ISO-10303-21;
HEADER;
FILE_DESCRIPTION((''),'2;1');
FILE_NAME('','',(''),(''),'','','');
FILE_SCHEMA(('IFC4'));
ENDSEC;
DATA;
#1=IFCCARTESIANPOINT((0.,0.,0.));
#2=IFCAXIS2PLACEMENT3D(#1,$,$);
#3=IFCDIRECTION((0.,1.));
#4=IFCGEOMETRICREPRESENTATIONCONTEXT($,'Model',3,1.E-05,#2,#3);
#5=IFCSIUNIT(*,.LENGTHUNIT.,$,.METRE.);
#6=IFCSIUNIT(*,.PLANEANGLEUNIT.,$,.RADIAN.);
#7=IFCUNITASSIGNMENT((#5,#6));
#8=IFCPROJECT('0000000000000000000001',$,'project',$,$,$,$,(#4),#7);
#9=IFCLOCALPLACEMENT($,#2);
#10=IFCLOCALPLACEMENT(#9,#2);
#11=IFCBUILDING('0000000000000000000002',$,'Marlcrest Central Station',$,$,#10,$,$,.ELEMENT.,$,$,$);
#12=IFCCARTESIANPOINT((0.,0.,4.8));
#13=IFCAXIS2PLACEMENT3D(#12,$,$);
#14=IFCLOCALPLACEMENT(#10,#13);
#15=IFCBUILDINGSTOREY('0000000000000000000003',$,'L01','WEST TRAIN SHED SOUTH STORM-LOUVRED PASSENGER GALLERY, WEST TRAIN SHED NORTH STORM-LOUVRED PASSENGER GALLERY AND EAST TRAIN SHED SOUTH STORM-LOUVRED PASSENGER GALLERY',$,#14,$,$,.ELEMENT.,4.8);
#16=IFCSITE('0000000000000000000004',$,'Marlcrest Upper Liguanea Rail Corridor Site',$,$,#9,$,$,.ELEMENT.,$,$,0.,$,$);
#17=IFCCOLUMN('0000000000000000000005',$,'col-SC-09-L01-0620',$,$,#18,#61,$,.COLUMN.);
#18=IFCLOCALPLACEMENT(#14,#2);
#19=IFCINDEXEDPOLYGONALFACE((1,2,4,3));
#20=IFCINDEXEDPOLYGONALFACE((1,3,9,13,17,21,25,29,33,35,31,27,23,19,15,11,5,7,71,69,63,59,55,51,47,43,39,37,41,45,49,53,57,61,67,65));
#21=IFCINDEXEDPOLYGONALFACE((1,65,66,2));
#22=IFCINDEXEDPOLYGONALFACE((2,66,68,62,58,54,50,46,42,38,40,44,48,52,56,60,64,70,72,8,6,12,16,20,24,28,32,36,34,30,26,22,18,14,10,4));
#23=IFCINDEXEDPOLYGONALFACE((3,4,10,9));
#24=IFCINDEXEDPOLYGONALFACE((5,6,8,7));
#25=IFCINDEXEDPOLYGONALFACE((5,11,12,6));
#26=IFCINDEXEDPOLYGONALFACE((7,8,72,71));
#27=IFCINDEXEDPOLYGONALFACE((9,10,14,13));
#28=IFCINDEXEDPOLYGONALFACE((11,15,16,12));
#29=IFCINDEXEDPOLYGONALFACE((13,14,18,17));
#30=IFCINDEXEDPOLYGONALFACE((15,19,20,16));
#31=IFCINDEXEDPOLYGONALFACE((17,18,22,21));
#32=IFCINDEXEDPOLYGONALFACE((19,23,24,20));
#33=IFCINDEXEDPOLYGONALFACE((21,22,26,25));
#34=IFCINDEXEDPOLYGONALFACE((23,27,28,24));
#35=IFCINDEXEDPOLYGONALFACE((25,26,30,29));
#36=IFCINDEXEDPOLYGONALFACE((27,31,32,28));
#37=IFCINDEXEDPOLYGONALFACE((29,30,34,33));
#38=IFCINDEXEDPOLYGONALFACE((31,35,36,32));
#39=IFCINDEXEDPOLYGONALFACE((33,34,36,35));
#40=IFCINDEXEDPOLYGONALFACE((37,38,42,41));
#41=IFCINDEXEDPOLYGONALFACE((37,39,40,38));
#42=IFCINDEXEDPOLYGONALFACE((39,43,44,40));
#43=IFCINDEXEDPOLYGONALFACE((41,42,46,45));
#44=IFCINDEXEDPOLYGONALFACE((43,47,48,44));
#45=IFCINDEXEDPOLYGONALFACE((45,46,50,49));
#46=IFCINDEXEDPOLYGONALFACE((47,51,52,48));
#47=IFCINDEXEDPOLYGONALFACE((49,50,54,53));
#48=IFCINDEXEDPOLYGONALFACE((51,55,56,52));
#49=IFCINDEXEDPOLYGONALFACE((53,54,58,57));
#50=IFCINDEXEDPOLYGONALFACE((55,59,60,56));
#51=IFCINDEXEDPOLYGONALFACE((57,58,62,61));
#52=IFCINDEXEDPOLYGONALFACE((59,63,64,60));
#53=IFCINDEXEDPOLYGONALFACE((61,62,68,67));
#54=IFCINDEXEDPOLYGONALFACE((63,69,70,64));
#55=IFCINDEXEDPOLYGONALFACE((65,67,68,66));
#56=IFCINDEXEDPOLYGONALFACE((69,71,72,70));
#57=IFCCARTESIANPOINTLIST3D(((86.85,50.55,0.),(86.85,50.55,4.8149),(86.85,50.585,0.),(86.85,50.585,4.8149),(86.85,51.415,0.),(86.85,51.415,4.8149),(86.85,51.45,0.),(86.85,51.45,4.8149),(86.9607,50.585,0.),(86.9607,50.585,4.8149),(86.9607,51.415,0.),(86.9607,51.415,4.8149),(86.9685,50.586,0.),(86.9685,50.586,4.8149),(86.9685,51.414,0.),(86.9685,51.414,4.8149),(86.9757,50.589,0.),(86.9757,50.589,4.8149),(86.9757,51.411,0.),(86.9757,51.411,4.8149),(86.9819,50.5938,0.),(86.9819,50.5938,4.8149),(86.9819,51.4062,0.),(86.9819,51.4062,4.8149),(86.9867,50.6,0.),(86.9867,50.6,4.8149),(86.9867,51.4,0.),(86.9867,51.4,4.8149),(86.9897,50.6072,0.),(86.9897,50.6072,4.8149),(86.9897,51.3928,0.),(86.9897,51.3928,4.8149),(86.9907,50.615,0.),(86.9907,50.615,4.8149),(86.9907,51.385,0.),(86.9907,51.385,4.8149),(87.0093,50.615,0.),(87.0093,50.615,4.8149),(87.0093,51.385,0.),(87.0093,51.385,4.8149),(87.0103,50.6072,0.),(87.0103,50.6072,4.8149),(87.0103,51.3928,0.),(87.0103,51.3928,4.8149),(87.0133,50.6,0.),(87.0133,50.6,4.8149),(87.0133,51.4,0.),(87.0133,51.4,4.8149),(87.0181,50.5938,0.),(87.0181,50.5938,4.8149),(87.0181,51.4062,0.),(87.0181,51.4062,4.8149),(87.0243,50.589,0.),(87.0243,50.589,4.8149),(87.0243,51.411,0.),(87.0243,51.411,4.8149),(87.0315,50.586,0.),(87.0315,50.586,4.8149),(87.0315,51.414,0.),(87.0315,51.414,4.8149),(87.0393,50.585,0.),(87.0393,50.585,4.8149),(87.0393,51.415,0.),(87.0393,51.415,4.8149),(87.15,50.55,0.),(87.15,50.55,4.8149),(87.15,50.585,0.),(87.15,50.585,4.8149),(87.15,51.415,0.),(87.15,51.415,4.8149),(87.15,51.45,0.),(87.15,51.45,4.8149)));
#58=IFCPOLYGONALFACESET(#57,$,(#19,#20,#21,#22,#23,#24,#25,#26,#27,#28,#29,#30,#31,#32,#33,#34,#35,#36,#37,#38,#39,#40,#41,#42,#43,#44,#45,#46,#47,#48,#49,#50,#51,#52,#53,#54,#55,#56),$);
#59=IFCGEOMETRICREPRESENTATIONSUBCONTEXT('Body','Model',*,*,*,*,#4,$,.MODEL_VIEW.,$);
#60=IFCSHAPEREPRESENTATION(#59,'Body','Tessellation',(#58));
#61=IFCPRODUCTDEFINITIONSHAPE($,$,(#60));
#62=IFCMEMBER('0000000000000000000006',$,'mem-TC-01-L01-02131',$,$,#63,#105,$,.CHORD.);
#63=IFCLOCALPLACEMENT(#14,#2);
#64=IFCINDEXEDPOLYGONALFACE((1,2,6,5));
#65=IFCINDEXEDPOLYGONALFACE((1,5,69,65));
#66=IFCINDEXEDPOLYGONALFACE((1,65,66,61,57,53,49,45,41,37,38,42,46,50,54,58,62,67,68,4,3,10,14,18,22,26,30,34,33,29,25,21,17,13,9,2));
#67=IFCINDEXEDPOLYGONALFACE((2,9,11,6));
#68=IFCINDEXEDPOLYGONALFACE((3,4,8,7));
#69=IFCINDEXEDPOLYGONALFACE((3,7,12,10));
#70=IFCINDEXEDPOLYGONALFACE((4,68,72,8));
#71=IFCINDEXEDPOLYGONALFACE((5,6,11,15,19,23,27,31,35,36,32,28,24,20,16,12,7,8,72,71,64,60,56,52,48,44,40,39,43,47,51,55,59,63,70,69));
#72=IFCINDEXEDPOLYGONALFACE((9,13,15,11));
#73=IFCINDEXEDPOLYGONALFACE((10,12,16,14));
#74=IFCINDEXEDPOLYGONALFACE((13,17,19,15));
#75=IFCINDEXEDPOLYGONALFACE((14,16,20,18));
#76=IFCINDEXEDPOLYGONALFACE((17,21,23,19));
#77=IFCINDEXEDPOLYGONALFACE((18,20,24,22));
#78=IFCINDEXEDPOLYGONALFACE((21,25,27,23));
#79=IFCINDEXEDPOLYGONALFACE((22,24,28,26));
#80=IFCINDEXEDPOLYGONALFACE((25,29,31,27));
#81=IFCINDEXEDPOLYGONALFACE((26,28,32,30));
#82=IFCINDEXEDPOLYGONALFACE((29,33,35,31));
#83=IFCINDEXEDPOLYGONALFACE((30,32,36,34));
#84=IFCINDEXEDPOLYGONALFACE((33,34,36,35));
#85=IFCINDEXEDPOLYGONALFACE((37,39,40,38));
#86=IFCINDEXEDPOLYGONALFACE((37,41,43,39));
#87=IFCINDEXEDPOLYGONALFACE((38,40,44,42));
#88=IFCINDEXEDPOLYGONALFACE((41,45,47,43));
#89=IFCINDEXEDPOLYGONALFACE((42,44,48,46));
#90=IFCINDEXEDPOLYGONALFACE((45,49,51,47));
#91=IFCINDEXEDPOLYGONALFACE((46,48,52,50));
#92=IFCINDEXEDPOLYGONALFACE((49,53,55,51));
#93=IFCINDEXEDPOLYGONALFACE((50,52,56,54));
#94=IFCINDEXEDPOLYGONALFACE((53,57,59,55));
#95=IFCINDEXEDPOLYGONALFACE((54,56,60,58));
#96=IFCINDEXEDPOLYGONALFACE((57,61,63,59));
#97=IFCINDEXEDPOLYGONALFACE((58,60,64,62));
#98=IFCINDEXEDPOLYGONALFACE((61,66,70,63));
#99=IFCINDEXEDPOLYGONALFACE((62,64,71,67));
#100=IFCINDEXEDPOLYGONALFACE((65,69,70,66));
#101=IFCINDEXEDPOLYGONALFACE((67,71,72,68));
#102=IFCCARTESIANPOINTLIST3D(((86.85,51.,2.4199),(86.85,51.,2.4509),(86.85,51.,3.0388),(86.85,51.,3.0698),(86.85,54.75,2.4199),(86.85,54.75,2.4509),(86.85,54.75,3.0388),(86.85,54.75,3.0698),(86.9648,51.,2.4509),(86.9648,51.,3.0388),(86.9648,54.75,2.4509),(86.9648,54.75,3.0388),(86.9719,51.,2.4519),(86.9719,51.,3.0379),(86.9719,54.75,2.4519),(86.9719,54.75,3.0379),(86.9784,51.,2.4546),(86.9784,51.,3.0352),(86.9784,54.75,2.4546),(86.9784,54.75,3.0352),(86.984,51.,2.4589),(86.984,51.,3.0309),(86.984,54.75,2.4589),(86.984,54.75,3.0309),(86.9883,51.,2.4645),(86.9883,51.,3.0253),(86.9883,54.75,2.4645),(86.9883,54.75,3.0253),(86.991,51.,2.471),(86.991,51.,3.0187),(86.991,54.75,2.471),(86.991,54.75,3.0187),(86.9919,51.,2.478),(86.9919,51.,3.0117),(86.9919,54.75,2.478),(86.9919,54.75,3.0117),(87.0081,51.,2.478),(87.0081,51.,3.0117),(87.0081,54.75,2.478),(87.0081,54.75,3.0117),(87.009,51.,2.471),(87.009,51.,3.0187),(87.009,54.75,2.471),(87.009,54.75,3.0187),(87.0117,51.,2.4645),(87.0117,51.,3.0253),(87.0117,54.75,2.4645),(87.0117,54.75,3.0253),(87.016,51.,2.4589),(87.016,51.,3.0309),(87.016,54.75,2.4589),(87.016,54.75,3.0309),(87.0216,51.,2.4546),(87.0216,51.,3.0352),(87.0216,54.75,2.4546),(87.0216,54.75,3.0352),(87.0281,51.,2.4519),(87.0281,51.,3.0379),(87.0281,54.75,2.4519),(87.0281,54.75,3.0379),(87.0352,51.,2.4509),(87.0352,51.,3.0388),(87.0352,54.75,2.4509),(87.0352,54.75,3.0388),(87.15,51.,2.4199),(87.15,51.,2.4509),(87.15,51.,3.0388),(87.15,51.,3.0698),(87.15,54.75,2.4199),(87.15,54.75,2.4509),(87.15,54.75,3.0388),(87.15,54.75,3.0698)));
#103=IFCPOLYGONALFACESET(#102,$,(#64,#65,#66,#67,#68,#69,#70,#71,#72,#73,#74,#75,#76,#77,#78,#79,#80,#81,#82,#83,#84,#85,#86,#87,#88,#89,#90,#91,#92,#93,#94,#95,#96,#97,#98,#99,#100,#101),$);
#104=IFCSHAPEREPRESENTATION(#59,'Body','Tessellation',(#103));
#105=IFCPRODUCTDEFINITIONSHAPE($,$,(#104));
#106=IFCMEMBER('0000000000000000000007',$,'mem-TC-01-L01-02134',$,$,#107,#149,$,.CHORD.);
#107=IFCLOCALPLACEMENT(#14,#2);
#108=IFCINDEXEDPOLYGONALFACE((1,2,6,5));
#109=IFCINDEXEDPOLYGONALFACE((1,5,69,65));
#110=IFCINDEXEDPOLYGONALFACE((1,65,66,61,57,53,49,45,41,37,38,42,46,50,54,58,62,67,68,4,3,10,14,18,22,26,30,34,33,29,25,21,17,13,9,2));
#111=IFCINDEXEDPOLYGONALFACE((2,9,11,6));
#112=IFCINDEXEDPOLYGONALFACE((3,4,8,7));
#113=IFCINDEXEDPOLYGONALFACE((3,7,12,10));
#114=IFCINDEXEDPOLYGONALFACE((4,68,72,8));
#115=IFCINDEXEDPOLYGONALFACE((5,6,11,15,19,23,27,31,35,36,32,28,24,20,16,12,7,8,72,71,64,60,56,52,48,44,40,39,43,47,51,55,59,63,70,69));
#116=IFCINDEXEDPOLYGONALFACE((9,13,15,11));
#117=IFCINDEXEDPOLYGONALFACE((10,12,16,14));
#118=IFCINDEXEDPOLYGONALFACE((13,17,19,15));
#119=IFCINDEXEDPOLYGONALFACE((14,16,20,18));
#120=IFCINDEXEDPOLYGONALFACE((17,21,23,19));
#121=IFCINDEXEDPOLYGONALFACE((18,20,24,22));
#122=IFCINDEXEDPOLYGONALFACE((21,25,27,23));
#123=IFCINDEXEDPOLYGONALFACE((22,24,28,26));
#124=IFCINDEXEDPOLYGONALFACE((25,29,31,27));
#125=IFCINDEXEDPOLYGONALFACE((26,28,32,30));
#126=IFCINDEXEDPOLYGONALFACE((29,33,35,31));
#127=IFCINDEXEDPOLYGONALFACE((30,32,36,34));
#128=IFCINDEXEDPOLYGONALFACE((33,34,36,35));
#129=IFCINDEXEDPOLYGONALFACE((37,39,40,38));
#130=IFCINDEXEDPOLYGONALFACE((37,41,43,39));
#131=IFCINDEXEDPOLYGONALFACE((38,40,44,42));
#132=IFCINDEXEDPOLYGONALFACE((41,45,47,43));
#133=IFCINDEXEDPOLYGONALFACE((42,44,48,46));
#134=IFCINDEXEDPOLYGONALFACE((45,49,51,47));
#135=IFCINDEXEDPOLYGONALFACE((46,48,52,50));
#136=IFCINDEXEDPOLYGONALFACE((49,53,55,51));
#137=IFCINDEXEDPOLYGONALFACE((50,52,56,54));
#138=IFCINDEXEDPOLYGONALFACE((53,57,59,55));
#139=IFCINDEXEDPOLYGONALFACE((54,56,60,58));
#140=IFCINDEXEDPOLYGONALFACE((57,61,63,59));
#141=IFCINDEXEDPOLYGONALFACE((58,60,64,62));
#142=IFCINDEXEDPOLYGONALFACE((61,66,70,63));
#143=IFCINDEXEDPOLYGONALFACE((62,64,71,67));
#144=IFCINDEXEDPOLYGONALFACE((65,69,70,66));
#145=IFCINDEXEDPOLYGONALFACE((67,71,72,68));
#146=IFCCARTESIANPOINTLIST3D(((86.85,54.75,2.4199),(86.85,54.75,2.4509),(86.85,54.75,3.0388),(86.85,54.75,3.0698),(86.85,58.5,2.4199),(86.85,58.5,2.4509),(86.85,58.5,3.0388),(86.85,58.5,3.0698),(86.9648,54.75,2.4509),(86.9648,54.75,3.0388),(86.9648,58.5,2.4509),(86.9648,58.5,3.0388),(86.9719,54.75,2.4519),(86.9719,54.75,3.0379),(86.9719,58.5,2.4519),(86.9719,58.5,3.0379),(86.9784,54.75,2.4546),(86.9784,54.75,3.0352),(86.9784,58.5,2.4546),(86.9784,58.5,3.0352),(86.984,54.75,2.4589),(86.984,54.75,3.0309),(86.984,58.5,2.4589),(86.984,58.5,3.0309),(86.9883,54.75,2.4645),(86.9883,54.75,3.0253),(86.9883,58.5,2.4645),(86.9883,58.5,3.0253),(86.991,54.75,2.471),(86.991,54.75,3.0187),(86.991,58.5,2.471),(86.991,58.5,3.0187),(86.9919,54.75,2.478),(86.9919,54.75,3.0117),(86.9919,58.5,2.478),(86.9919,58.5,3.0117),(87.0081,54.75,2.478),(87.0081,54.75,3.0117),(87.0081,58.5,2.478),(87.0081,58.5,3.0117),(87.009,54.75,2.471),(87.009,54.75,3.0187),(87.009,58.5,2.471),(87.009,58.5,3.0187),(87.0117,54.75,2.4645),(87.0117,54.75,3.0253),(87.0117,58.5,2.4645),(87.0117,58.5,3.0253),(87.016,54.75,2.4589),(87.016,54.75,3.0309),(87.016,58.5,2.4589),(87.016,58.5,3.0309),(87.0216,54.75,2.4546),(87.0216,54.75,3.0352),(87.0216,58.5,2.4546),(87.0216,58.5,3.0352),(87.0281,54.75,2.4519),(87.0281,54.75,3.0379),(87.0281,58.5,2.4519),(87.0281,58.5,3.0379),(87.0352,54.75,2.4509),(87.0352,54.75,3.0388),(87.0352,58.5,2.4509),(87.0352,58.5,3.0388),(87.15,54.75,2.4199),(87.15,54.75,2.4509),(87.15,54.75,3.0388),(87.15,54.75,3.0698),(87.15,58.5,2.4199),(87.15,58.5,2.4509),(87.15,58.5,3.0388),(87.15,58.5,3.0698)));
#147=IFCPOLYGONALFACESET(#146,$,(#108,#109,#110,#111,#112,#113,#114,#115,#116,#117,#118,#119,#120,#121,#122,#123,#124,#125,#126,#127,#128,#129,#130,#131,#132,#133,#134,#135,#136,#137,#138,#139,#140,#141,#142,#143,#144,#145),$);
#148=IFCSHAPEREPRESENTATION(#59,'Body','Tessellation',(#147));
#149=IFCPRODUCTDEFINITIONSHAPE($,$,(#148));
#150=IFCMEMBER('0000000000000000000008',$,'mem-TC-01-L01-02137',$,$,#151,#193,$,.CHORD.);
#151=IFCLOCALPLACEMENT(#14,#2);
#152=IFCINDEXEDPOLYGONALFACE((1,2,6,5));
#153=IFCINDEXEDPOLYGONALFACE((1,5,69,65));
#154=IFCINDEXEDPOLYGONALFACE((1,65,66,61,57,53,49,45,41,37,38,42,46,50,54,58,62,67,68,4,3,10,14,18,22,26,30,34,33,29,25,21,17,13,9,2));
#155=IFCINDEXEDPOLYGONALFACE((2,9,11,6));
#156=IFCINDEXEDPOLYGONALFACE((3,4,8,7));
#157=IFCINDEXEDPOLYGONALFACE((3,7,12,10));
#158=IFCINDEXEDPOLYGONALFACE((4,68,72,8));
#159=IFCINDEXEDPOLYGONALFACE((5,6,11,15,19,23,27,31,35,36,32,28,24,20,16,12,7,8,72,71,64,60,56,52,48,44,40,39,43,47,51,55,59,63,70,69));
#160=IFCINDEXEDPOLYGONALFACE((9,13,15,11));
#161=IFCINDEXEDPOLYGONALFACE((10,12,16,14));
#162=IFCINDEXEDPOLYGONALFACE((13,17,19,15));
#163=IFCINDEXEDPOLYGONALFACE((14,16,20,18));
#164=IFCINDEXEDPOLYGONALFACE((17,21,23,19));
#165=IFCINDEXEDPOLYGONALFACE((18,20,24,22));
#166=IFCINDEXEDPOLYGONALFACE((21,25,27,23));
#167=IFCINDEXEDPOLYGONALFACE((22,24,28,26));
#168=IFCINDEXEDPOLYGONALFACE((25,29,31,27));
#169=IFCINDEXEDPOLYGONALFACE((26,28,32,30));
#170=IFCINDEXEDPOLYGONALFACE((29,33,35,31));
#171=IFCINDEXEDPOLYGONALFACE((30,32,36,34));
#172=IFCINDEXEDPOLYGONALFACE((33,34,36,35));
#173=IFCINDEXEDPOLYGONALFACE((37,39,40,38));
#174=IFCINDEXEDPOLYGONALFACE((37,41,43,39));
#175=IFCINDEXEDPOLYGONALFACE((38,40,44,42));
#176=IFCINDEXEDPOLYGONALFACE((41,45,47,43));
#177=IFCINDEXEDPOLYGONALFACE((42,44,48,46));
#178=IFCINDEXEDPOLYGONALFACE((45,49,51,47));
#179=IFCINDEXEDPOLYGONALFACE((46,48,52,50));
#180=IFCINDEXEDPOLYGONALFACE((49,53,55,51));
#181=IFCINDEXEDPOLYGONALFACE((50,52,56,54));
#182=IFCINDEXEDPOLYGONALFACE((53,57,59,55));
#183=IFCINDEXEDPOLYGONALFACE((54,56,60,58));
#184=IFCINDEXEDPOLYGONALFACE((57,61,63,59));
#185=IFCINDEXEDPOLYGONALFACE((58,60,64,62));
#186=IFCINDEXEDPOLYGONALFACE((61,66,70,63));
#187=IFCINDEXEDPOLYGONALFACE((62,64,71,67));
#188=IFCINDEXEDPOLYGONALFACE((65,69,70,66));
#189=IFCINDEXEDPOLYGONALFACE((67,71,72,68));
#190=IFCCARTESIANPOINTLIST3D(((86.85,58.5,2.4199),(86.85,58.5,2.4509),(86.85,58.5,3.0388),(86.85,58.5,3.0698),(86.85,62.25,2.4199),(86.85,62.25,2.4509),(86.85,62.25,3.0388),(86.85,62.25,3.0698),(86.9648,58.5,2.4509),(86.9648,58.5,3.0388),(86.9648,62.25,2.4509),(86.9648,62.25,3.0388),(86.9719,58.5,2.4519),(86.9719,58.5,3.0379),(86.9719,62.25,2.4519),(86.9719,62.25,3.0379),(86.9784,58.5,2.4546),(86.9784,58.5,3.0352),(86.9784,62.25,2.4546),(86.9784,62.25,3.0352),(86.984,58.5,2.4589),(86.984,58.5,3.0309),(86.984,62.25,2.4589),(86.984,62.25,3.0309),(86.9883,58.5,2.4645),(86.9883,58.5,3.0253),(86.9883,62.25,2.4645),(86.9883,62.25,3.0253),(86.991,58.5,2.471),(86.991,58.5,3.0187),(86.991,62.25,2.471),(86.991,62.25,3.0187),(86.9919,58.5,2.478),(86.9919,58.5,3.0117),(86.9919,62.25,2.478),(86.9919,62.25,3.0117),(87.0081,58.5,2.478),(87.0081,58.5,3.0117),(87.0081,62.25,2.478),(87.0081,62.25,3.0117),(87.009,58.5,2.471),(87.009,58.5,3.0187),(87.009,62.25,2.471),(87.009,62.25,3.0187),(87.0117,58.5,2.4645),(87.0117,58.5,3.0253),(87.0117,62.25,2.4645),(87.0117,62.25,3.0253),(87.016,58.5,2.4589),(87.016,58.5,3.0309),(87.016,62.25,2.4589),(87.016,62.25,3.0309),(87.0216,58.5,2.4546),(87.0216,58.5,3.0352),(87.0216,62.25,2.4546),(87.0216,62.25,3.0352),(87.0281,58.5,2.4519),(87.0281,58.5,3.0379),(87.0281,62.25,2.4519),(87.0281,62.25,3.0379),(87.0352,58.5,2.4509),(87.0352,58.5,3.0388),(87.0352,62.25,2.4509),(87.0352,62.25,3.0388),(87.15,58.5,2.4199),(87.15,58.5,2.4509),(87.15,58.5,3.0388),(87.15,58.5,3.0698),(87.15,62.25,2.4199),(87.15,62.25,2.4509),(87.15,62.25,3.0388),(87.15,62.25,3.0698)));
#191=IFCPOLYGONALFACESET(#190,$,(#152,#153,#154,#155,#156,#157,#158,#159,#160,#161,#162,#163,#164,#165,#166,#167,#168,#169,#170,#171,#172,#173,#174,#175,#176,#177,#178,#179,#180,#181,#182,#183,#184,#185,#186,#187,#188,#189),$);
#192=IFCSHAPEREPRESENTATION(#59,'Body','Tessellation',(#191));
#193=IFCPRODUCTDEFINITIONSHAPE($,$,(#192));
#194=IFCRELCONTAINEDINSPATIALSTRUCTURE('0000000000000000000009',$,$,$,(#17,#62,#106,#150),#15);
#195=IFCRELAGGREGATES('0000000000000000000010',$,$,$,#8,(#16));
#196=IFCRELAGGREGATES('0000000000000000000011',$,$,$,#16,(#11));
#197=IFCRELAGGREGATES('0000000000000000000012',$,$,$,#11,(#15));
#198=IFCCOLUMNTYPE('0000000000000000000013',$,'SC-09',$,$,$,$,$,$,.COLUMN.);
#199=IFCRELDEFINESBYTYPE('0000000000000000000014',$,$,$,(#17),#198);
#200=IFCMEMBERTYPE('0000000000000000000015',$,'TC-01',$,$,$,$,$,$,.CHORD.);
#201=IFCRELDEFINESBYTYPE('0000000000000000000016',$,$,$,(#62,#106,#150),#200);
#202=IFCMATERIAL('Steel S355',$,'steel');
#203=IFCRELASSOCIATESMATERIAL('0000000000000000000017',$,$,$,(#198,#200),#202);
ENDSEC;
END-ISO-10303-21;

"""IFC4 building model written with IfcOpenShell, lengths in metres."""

from ifc_helpers import new_model, si_unit, direction, frame, origin, origin_2d, place, context, subcontext, project, spatial, i_section, extrude, material, material_profile, profile_set, type_object, element, save


model = new_model("IFC4")

# Units and contexts
model_context = context("Model", 3, precision=1e-05, world=origin(), true_north=direction((0.0, 1.0)))
body_context = subcontext(model_context, "Body", "Model", "MODEL_VIEW")
ifc_project = project(units=[si_unit("LENGTHUNIT", "METRE"), si_unit("PLANEANGLEUNIT", "RADIAN")], contexts=[model_context])

# Site, building, storey
site_placement = place(None, origin())
site = spatial("IfcSite", under=ifc_project, at=site_placement, Name="Marlcrest Upper Liguanea Rail Corridor Site", CompositionType="ELEMENT", RefElevation=0.0)
building_placement = place(site_placement, origin())
building = spatial("IfcBuilding", under=site, at=building_placement, Name="Marlcrest Central Station", CompositionType="ELEMENT")
storey_placement = place(building_placement, frame((0.0, 0.0, 4.8)))
storey = spatial("IfcBuildingStorey", under=building, at=storey_placement, Name="L01", Description="WEST TRAIN SHED SOUTH STORM-LOUVRED PASSENGER GALLERY, WEST TRAIN SHED NORTH STORM-LOUVRED PASSENGER GALLERY AND EAST TRAIN SHED SOUTH STORM-LOUVRED PASSENGER GALLERY", CompositionType="ELEMENT", Elevation=4.8)

# Column
ifc_material = material(Name="Steel S355", Category="steel")
ifc_material_profile_1 = material_profile(ifc_material, i_section(OverallWidth=0.3, OverallDepth=0.8999, WebThickness=0.0186, FlangeThickness=0.0349, FilletRadius=0.03, at=origin_2d()), Name="HEB 900")
ifc_profile_set_1 = profile_set([ifc_material_profile_1], Name="Steel S355")
column_type = type_object("IfcColumnType", Name="SC-09", PredefinedType="COLUMN", material=ifc_profile_set_1)
column_placement = place(storey_placement, frame((87.0, 51.0, 0.0), z_axis=(0.0, 0.0, 1.0), x_axis=(1.0, 0.0, 0.0)))
element("IfcColumn", 1, at=column_placement, inside=storey, type_object=column_type, Name="col-SC-09-L01-0620", PredefinedType="COLUMN", context=body_context, shape_type="SweptSolid", body=[
    extrude(i_section(OverallWidth=0.3, OverallDepth=0.8999, WebThickness=0.0186, FlangeThickness=0.0349, FilletRadius=0.03, at=origin_2d()), origin(), (0.0, 0.0, 1.0), 4.8149),
])

# Members
ifc_material_profile_2 = material_profile(ifc_material, i_section(OverallWidth=0.3, OverallDepth=0.6499, WebThickness=0.0161, FlangeThickness=0.031, FilletRadius=0.0271, at=origin_2d()), Name="HEB 650")
ifc_profile_set_2 = profile_set([ifc_material_profile_2], Name="Steel S355")
member_type_1 = type_object("IfcMemberType", Name="TC-01", PredefinedType="CHORD", material=ifc_profile_set_2)
for number, where, z_axis, x_axis, name in (
    (2, (87.0, 51.0, 2.7449), (0.0, 1.0, 0.0), (-1.0, 0.0, 0.0), "mem-TC-01-L01-02131"),
    (3, (87.0, 54.75, 2.7449), (0.0, 1.0, 0.0), (-1.0, 0.0, 0.0), "mem-TC-01-L01-02134"),
    (4, (87.0, 58.5, 2.7449), (0.0, 1.0, 0.0), (-1.0, 0.0, 0.0), "mem-TC-01-L01-02137"),
):
    element("IfcMember", number, at=place(storey_placement, frame(where, z_axis=z_axis, x_axis=x_axis)), inside=storey, type_object=member_type_1, Name=name, PredefinedType="CHORD", context=body_context, shape_type="SweptSolid", body=[
        extrude(i_section(OverallWidth=0.3, OverallDepth=0.6499, WebThickness=0.0161, FlangeThickness=0.031, FilletRadius=0.0271, at=origin_2d()), origin(), (0.0, 0.0, 1.0), 3.75),
    ])

save(model, "model.ifc")
